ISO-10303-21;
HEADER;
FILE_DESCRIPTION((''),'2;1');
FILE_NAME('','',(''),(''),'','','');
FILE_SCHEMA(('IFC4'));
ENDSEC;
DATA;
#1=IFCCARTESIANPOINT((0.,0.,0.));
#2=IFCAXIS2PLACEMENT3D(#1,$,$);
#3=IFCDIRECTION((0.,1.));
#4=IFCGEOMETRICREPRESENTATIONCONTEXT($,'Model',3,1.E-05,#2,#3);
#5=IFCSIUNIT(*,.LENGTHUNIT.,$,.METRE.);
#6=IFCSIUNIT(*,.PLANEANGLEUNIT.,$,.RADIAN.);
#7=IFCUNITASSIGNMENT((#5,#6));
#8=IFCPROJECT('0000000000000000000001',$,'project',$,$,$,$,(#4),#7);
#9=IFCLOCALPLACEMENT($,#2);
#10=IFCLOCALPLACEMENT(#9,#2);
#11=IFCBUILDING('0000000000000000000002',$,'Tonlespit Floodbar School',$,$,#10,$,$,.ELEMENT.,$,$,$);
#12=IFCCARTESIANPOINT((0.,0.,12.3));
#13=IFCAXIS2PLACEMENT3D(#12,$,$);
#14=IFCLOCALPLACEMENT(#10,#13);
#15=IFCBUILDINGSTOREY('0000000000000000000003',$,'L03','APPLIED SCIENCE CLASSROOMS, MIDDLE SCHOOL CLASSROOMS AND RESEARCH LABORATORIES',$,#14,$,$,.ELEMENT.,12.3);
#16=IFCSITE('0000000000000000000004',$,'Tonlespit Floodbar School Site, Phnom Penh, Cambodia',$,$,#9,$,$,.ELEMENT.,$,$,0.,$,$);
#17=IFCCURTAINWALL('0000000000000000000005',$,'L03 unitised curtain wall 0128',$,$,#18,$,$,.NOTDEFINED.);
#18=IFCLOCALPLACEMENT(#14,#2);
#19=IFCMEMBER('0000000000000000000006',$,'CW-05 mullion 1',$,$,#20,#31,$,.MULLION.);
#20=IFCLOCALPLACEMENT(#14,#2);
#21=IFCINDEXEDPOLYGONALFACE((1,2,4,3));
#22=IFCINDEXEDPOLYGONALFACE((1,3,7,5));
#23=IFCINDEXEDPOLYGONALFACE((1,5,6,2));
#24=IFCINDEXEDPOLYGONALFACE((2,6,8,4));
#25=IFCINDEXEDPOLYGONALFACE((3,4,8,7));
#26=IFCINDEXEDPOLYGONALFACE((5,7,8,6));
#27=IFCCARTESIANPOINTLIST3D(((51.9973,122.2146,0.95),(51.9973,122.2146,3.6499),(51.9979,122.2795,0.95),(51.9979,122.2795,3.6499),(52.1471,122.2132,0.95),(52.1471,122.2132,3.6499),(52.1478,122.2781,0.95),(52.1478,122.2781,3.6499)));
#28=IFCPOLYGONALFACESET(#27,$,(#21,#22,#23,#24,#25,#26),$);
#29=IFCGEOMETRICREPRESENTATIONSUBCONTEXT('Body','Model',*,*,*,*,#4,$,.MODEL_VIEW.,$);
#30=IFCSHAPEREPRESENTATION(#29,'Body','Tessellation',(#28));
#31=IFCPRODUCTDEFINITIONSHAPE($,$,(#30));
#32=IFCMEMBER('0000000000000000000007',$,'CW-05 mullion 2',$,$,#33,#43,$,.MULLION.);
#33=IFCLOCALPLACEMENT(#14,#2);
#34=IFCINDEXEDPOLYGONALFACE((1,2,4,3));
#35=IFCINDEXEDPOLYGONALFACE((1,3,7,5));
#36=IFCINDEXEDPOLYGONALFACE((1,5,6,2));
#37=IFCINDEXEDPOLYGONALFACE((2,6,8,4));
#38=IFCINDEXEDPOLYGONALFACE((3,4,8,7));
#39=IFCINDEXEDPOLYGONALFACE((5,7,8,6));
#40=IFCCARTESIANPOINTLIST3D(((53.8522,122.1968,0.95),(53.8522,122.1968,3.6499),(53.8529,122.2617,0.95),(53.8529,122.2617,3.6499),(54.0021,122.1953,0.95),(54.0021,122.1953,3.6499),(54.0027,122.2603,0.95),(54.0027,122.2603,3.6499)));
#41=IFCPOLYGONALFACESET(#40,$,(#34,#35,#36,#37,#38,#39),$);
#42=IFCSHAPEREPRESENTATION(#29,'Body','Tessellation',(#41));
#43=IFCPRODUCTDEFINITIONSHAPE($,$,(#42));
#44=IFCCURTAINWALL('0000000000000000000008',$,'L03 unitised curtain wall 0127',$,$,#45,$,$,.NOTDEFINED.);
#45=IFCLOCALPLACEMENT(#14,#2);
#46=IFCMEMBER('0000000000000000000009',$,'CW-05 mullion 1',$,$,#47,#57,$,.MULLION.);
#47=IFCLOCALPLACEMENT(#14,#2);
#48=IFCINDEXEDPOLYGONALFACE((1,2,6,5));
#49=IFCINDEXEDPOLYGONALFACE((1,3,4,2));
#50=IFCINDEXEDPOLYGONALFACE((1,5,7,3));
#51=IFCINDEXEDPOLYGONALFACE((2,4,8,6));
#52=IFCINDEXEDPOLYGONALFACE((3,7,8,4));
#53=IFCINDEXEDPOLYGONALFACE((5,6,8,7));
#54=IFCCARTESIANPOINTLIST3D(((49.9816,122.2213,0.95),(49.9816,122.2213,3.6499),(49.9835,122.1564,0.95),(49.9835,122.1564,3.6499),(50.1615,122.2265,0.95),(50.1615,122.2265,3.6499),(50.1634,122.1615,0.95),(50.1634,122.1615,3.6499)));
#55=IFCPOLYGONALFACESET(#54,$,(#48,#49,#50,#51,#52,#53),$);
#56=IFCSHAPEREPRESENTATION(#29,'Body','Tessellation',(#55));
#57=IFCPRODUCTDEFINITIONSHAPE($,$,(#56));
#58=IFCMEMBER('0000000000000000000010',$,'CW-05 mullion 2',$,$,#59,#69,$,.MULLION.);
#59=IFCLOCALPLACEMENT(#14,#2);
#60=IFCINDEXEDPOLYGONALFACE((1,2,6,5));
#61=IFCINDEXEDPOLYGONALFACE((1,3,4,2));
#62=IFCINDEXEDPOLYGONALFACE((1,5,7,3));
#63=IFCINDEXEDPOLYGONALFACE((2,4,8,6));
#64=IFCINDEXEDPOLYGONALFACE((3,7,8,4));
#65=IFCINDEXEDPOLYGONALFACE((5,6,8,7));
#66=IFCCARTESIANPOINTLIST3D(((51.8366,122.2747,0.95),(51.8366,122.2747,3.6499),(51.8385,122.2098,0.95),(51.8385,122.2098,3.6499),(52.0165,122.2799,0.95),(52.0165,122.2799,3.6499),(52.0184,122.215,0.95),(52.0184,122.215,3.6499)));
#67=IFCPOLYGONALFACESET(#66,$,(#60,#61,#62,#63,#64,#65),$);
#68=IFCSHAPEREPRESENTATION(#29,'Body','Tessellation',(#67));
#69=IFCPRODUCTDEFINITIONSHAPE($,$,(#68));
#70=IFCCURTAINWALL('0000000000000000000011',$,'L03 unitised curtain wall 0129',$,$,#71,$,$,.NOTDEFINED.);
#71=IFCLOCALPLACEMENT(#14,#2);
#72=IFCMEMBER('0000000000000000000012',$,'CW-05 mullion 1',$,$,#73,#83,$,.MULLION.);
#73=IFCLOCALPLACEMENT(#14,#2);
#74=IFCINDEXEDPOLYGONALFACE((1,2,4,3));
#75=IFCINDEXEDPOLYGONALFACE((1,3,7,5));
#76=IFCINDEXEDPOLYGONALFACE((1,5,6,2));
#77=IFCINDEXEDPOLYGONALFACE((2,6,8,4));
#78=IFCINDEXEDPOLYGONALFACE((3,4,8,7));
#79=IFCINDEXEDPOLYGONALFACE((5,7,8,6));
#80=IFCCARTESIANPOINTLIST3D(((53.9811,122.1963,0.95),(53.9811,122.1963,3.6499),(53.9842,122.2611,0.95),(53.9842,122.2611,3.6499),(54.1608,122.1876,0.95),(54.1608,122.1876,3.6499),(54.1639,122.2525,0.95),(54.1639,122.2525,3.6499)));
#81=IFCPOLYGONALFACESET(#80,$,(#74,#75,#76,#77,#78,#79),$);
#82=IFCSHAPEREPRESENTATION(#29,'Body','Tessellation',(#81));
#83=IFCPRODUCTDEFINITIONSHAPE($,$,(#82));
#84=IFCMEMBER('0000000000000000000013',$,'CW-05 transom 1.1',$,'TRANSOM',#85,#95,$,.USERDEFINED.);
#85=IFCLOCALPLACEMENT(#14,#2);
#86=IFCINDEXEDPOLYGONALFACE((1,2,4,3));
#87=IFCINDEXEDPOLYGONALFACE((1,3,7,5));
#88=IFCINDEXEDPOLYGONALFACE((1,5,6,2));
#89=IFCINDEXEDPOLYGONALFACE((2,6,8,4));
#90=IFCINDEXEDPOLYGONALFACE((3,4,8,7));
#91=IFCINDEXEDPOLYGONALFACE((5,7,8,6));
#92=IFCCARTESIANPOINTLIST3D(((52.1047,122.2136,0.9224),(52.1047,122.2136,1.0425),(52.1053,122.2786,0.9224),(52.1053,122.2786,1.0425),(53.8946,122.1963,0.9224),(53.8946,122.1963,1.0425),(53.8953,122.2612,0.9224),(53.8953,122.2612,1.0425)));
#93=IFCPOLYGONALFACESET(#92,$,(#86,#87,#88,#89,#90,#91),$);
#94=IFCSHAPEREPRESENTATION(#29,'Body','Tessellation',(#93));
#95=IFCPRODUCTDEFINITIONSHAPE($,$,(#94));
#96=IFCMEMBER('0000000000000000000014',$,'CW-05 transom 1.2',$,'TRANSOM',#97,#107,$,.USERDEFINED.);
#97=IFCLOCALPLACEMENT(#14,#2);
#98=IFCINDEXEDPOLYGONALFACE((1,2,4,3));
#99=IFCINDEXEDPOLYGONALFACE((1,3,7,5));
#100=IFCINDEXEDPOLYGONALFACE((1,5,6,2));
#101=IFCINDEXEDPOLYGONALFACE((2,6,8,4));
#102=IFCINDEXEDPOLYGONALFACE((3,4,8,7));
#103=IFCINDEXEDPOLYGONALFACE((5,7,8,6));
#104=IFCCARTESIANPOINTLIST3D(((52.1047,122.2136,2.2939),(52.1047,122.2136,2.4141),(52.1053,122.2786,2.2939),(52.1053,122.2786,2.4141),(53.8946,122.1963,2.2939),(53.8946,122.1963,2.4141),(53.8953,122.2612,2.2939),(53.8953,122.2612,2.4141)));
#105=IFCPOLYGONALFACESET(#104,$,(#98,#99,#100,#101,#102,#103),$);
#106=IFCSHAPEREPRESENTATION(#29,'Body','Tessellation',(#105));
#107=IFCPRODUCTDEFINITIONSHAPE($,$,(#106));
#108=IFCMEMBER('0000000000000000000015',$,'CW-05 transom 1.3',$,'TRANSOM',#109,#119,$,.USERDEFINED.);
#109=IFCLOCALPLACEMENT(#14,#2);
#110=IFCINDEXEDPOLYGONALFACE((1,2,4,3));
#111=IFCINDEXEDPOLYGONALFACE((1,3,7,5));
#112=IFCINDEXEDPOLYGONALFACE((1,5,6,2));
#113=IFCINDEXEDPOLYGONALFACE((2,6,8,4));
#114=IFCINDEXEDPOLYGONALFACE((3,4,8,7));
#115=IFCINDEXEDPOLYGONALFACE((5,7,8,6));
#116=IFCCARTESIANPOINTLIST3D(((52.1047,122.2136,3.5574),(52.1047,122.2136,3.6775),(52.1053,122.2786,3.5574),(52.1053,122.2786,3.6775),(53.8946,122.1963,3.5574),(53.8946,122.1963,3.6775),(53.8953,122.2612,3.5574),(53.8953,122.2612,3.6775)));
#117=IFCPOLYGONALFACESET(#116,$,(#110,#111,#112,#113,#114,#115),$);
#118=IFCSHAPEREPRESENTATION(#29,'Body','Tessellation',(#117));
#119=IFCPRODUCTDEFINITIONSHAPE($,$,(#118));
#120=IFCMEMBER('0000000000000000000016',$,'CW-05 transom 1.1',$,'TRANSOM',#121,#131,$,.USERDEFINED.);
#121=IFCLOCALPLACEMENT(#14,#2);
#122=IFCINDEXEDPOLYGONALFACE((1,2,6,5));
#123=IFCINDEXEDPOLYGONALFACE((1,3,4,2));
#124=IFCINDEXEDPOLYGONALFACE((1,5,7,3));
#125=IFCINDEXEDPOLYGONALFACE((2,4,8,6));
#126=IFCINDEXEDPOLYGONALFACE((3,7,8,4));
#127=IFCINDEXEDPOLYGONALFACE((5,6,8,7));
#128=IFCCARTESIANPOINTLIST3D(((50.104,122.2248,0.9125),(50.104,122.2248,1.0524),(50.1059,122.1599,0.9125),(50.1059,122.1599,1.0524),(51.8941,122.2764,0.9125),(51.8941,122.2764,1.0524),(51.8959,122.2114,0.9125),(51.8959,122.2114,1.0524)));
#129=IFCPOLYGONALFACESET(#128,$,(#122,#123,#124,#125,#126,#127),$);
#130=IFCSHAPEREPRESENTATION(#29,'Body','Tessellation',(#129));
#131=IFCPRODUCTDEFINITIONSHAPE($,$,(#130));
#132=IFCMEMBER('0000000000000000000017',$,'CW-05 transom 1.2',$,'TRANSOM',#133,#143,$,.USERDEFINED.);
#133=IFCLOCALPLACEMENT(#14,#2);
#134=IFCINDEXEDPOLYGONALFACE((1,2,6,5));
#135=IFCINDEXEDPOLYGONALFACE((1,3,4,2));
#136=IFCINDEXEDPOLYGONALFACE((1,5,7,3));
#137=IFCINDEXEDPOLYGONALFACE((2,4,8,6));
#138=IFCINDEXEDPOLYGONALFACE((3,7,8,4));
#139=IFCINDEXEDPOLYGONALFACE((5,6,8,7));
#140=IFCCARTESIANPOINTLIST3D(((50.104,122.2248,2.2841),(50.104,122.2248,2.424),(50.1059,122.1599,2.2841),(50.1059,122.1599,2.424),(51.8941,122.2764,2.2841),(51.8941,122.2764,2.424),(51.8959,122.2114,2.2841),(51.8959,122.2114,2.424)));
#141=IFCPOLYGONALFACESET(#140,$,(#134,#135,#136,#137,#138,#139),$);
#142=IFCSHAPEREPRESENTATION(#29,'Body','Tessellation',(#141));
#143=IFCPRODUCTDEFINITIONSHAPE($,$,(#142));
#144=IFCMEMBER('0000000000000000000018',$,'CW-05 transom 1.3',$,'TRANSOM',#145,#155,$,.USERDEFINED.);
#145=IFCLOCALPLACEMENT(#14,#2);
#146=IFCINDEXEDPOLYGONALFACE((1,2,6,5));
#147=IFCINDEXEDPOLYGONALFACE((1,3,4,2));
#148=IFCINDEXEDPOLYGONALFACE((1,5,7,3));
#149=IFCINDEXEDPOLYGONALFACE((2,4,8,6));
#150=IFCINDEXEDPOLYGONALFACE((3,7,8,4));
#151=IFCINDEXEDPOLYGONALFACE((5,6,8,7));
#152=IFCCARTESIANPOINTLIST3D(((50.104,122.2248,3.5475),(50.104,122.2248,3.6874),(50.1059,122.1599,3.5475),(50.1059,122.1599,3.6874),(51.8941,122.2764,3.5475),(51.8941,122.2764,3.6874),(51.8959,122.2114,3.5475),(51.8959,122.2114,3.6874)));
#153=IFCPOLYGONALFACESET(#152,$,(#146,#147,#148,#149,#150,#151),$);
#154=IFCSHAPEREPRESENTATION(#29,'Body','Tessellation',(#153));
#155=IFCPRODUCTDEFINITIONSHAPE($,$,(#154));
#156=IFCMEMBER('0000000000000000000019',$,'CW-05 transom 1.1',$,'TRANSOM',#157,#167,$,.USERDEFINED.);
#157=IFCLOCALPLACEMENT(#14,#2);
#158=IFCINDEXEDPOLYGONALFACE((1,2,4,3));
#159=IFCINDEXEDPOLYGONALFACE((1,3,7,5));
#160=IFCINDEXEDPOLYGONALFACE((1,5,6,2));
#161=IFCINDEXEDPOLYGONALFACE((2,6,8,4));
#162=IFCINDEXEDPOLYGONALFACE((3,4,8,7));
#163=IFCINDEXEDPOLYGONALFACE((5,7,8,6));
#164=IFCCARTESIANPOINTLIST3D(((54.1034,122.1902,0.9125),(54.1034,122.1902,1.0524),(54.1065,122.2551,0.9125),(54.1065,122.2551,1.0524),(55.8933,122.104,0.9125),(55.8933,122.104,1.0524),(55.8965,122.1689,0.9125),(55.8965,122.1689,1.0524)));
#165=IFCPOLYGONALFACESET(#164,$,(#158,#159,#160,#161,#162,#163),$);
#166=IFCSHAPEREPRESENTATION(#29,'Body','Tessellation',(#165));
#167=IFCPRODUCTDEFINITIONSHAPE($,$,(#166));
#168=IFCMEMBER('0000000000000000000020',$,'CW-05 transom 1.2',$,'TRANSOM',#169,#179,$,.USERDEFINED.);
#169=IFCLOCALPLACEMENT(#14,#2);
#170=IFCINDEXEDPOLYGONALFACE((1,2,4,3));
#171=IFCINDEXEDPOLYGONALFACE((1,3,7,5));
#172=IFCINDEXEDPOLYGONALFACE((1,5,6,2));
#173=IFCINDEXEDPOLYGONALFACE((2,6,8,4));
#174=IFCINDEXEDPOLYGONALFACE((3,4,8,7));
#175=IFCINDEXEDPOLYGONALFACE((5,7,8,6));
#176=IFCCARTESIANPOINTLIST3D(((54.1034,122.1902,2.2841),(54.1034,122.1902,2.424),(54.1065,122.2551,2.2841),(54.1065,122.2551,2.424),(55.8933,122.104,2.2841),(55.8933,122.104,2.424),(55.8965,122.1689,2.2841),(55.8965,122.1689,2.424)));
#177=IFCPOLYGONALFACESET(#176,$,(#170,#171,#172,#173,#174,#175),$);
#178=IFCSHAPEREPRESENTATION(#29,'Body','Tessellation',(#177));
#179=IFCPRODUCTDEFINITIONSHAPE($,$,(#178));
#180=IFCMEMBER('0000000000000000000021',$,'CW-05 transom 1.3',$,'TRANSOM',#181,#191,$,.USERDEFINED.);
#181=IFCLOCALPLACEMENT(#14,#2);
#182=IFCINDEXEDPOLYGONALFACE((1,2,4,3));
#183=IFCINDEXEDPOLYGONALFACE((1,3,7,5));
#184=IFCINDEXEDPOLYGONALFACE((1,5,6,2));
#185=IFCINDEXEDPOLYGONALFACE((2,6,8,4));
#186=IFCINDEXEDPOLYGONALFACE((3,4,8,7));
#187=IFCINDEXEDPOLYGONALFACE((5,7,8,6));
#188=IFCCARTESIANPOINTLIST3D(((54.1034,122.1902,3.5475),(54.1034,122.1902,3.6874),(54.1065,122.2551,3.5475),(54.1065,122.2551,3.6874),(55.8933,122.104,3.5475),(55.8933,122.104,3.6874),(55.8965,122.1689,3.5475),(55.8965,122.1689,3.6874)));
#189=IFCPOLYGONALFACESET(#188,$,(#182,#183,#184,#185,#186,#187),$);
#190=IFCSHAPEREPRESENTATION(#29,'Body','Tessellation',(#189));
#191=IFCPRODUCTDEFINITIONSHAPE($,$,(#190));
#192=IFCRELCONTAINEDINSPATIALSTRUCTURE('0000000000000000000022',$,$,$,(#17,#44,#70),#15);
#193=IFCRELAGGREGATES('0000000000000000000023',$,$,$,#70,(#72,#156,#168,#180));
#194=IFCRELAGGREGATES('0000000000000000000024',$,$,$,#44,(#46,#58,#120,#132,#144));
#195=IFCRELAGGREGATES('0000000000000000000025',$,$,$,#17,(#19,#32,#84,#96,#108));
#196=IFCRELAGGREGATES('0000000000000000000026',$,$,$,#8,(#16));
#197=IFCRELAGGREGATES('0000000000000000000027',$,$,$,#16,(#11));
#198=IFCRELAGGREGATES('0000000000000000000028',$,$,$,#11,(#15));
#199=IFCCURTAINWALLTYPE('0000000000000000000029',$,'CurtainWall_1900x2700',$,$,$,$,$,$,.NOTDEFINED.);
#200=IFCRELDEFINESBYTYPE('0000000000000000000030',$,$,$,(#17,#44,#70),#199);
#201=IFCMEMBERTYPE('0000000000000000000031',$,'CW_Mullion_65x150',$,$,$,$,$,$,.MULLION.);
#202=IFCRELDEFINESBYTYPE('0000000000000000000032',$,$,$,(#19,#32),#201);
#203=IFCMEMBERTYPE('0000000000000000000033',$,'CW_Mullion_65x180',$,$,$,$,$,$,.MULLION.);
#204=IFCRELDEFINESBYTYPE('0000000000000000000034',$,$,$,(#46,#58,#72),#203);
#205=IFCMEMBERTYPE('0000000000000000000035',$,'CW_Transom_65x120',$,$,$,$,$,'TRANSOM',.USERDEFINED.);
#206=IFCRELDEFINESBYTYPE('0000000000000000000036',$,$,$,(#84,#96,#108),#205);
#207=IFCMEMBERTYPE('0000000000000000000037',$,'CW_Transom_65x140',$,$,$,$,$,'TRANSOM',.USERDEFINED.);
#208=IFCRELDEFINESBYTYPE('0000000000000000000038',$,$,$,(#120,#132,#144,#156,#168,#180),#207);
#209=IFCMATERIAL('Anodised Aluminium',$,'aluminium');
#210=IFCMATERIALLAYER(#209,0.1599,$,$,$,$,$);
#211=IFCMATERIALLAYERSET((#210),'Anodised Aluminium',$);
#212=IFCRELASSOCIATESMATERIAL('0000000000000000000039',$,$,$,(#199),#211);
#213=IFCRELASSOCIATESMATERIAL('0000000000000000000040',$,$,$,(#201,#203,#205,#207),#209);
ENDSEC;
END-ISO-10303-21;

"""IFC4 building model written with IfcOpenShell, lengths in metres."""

from ifc_helpers import new_model, si_unit, direction, frame, origin, origin_2d, place, context, subcontext, project, spatial, rectangle, extrude, material, layer, layer_set, material_profile, profile_set, type_object, element, aggregate, save


model = new_model("IFC4")

# Units and contexts
model_context = context("Model", 3, precision=1e-05, world=origin(), true_north=direction((0.0, 1.0)))
body_context = subcontext(model_context, "Body", "Model", "MODEL_VIEW")
ifc_project = project(units=[si_unit("LENGTHUNIT", "METRE"), si_unit("PLANEANGLEUNIT", "RADIAN")], contexts=[model_context])

# Site, building, storey
site_placement = place(None, origin())
site = spatial("IfcSite", under=ifc_project, at=site_placement, Name="Tonlespit Floodbar School Site, Phnom Penh, Cambodia", CompositionType="ELEMENT", RefElevation=0.0)
building_placement = place(site_placement, origin())
building = spatial("IfcBuilding", under=site, at=building_placement, Name="Tonlespit Floodbar School", CompositionType="ELEMENT")
storey_placement = place(building_placement, frame((0.0, 0.0, 12.3)))
storey = spatial("IfcBuildingStorey", under=building, at=storey_placement, Name="L03", Description="APPLIED SCIENCE CLASSROOMS, MIDDLE SCHOOL CLASSROOMS AND RESEARCH LABORATORIES", CompositionType="ELEMENT", Elevation=12.3)

# Curtain walls, members
ifc_material_1 = material(Name="Anodised Aluminium", Category="aluminium")
ifc_layer_1 = layer(ifc_material_1, 0.1599)
ifc_layer_set_1 = layer_set([ifc_layer_1], Name="Anodised Aluminium")
curtain_wall_type = type_object("IfcCurtainWallType", Name="CurtainWall_1900x2700", PredefinedType="NOTDEFINED", material=ifc_layer_set_1)
curtain_wall_1_placement = place(storey_placement, origin())
curtain_wall_1 = element("IfcCurtainWall", 1, at=curtain_wall_1_placement, inside=storey, type_object=curtain_wall_type, Name="L03 unitised curtain wall 0128", PredefinedType="NOTDEFINED")
ifc_material_profile_1 = material_profile(ifc_material_1, rectangle(XDim=0.0649, YDim=0.1499, at=origin_2d()), Name="ALU M65x150")
ifc_profile_set_1 = profile_set([ifc_material_profile_1], Name="Anodised Aluminium")
member_type_1 = type_object("IfcMemberType", Name="CW_Mullion_65x150", PredefinedType="MULLION", material=ifc_profile_set_1)
member_1_placement = place(storey_placement, frame((52.0725, 122.2463, 0.95), z_axis=(0.0, 0.0, 1.0), x_axis=(0.009583, 0.999954, 0.0)))
member_1 = element("IfcMember", 2, at=member_1_placement, type_object=member_type_1, Name="CW-05 mullion 1", PredefinedType="MULLION", context=body_context, shape_type="SweptSolid", body=[
    extrude(rectangle(XDim=0.0649, YDim=0.1499, at=origin_2d()), origin(), (0.0, 0.0, 1.0), 2.7),
])
member_2_placement = place(storey_placement, frame((53.9275, 122.2285, 0.95), z_axis=(0.0, 0.0, 1.0), x_axis=(0.009583, 0.999954, 0.0)))
member_2 = element("IfcMember", 3, at=member_2_placement, type_object=member_type_1, Name="CW-05 mullion 2", PredefinedType="MULLION", context=body_context, shape_type="SweptSolid", body=[
    extrude(rectangle(XDim=0.0649, YDim=0.1499, at=origin_2d()), origin(), (0.0, 0.0, 1.0), 2.7),
])
curtain_wall_2_placement = place(storey_placement, origin())
curtain_wall_2 = element("IfcCurtainWall", 4, at=curtain_wall_2_placement, inside=storey, type_object=curtain_wall_type, Name="L03 unitised curtain wall 0127", PredefinedType="NOTDEFINED")
ifc_material_profile_2 = material_profile(ifc_material_1, rectangle(XDim=0.0649, YDim=0.1799, at=origin_2d()), Name="ALU M65x180")
ifc_profile_set_2 = profile_set([ifc_material_profile_2], Name="Anodised Aluminium")
member_type_2 = type_object("IfcMemberType", Name="CW_Mullion_65x180", PredefinedType="MULLION", material=ifc_profile_set_2)
member_3_placement = place(storey_placement, frame((50.0725, 122.1914, 0.95), z_axis=(0.0, 0.0, 1.0), x_axis=(-0.02879, 0.999585, 0.0)))
member_3 = element("IfcMember", 5, at=member_3_placement, type_object=member_type_2, Name="CW-05 mullion 1", PredefinedType="MULLION", context=body_context, shape_type="SweptSolid", body=[
    extrude(rectangle(XDim=0.0649, YDim=0.1799, at=origin_2d()), origin(), (0.0, 0.0, 1.0), 2.7),
])
member_4_placement = place(storey_placement, frame((51.9275, 122.2449, 0.95), z_axis=(0.0, 0.0, 1.0), x_axis=(-0.02879, 0.999585, 0.0)))
member_4 = element("IfcMember", 6, at=member_4_placement, type_object=member_type_2, Name="CW-05 mullion 2", PredefinedType="MULLION", context=body_context, shape_type="SweptSolid", body=[
    extrude(rectangle(XDim=0.0649, YDim=0.1799, at=origin_2d()), origin(), (0.0, 0.0, 1.0), 2.7),
])

# Curtain wall, member
curtain_wall_3_placement = place(storey_placement, origin())
curtain_wall_3 = element("IfcCurtainWall", 7, at=curtain_wall_3_placement, inside=storey, type_object=curtain_wall_type, Name="L03 unitised curtain wall 0129", PredefinedType="NOTDEFINED")
member_5_placement = place(storey_placement, frame((54.0725, 122.2244, 0.95), z_axis=(0.0, 0.0, 1.0), x_axis=(0.048121, 0.998842, 0.0)))
member_5 = element("IfcMember", 8, at=member_5_placement, type_object=member_type_2, Name="CW-05 mullion 1", PredefinedType="MULLION", context=body_context, shape_type="SweptSolid", body=[
    extrude(rectangle(XDim=0.0649, YDim=0.1799, at=origin_2d()), origin(), (0.0, 0.0, 1.0), 2.7),
])

# Members
ifc_material_profile_3 = material_profile(ifc_material_1, rectangle(XDim=0.0649, YDim=0.1201, at=origin_2d()), Name="ALU T65x120")
ifc_profile_set_3 = profile_set([ifc_material_profile_3], Name="Anodised Aluminium")
member_type_3 = type_object("IfcMemberType", Name="CW_Transom_65x120", ElementType="TRANSOM", PredefinedType="USERDEFINED", material=ifc_profile_set_3)
member_6_placement = place(storey_placement, frame((52.105, 122.2461, 0.9824), z_axis=(0.999953, -0.009683, 0.0), x_axis=(0.009683, 0.999953, 0.0)))
member_6 = element("IfcMember", 9, at=member_6_placement, type_object=member_type_3, Name="CW-05 transom 1.1", ObjectType="TRANSOM", PredefinedType="USERDEFINED", context=body_context, shape_type="SweptSolid", body=[
    extrude(rectangle(XDim=0.0649, YDim=0.1201, at=origin_2d()), origin(), (0.0, 0.0, 1.0), 1.79),
])
member_7_placement = place(storey_placement, frame((52.105, 122.2461, 2.354), z_axis=(0.999953, -0.009683, 0.0), x_axis=(0.009683, 0.999953, 0.0)))
member_7 = element("IfcMember", 10, at=member_7_placement, type_object=member_type_3, Name="CW-05 transom 1.2", ObjectType="TRANSOM", PredefinedType="USERDEFINED", context=body_context, shape_type="SweptSolid", body=[
    extrude(rectangle(XDim=0.0649, YDim=0.1201, at=origin_2d()), origin(), (0.0, 0.0, 1.0), 1.79),
])
member_8_placement = place(storey_placement, frame((52.105, 122.2461, 3.6174), z_axis=(0.999953, -0.009683, 0.0), x_axis=(0.009683, 0.999953, 0.0)))
member_8 = element("IfcMember", 11, at=member_8_placement, type_object=member_type_3, Name="CW-05 transom 1.3", ObjectType="TRANSOM", PredefinedType="USERDEFINED", context=body_context, shape_type="SweptSolid", body=[
    extrude(rectangle(XDim=0.0649, YDim=0.1201, at=origin_2d()), origin(), (0.0, 0.0, 1.0), 1.79),
])
ifc_material_profile_4 = material_profile(ifc_material_1, rectangle(XDim=0.0649, YDim=0.1399, at=origin_2d()), Name="ALU T65x140")
ifc_profile_set_4 = profile_set([ifc_material_profile_4], Name="Anodised Aluminium")
member_type_4 = type_object("IfcMemberType", Name="CW_Transom_65x140", ElementType="TRANSOM", PredefinedType="USERDEFINED", material=ifc_profile_set_4)
member_9_placement = place(storey_placement, frame((50.105, 122.1924, 0.9824), z_axis=(0.999586, 0.028766, 0.0), x_axis=(-0.028766, 0.999586, 0.0)))
member_9 = element("IfcMember", 12, at=member_9_placement, type_object=member_type_4, Name="CW-05 transom 1.1", ObjectType="TRANSOM", PredefinedType="USERDEFINED", context=body_context, shape_type="SweptSolid", body=[
    extrude(rectangle(XDim=0.0649, YDim=0.1399, at=origin_2d()), origin(), (0.0, 0.0, 1.0), 1.7908),
])
member_10_placement = place(storey_placement, frame((50.105, 122.1924, 2.354), z_axis=(0.999586, 0.028766, 0.0), x_axis=(-0.028766, 0.999586, 0.0)))
member_10 = element("IfcMember", 13, at=member_10_placement, type_object=member_type_4, Name="CW-05 transom 1.2", ObjectType="TRANSOM", PredefinedType="USERDEFINED", context=body_context, shape_type="SweptSolid", body=[
    extrude(rectangle(XDim=0.0649, YDim=0.1399, at=origin_2d()), origin(), (0.0, 0.0, 1.0), 1.7908),
])
member_11_placement = place(storey_placement, frame((50.105, 122.1924, 3.6174), z_axis=(0.999586, 0.028766, 0.0), x_axis=(-0.028766, 0.999586, 0.0)))
member_11 = element("IfcMember", 14, at=member_11_placement, type_object=member_type_4, Name="CW-05 transom 1.3", ObjectType="TRANSOM", PredefinedType="USERDEFINED", context=body_context, shape_type="SweptSolid", body=[
    extrude(rectangle(XDim=0.0649, YDim=0.1399, at=origin_2d()), origin(), (0.0, 0.0, 1.0), 1.7908),
])
member_12_placement = place(storey_placement, frame((54.105, 122.2227, 0.9824), z_axis=(0.998843, -0.048089, 0.0), x_axis=(0.048089, 0.998843, 0.0)))
member_12 = element("IfcMember", 15, at=member_12_placement, type_object=member_type_4, Name="CW-05 transom 1.1", ObjectType="TRANSOM", PredefinedType="USERDEFINED", context=body_context, shape_type="SweptSolid", body=[
    extrude(rectangle(XDim=0.0649, YDim=0.1399, at=origin_2d()), origin(), (0.0, 0.0, 1.0), 1.792),
])
member_13_placement = place(storey_placement, frame((54.105, 122.2227, 2.354), z_axis=(0.998843, -0.048089, 0.0), x_axis=(0.048089, 0.998843, 0.0)))
member_13 = element("IfcMember", 16, at=member_13_placement, type_object=member_type_4, Name="CW-05 transom 1.2", ObjectType="TRANSOM", PredefinedType="USERDEFINED", context=body_context, shape_type="SweptSolid", body=[
    extrude(rectangle(XDim=0.0649, YDim=0.1399, at=origin_2d()), origin(), (0.0, 0.0, 1.0), 1.792),
])
member_14_placement = place(storey_placement, frame((54.105, 122.2227, 3.6174), z_axis=(0.998843, -0.048089, 0.0), x_axis=(0.048089, 0.998843, 0.0)))
member_14 = element("IfcMember", 17, at=member_14_placement, type_object=member_type_4, Name="CW-05 transom 1.3", ObjectType="TRANSOM", PredefinedType="USERDEFINED", context=body_context, shape_type="SweptSolid", body=[
    extrude(rectangle(XDim=0.0649, YDim=0.1399, at=origin_2d()), origin(), (0.0, 0.0, 1.0), 1.792),
])
aggregate(curtain_wall_3, [member_5, member_12, member_13, member_14])

aggregate(curtain_wall_2, [member_3, member_4, member_9, member_10, member_11])
aggregate(curtain_wall_1, [member_1, member_2, member_6, member_7, member_8])

save(model, "model.ifc")
